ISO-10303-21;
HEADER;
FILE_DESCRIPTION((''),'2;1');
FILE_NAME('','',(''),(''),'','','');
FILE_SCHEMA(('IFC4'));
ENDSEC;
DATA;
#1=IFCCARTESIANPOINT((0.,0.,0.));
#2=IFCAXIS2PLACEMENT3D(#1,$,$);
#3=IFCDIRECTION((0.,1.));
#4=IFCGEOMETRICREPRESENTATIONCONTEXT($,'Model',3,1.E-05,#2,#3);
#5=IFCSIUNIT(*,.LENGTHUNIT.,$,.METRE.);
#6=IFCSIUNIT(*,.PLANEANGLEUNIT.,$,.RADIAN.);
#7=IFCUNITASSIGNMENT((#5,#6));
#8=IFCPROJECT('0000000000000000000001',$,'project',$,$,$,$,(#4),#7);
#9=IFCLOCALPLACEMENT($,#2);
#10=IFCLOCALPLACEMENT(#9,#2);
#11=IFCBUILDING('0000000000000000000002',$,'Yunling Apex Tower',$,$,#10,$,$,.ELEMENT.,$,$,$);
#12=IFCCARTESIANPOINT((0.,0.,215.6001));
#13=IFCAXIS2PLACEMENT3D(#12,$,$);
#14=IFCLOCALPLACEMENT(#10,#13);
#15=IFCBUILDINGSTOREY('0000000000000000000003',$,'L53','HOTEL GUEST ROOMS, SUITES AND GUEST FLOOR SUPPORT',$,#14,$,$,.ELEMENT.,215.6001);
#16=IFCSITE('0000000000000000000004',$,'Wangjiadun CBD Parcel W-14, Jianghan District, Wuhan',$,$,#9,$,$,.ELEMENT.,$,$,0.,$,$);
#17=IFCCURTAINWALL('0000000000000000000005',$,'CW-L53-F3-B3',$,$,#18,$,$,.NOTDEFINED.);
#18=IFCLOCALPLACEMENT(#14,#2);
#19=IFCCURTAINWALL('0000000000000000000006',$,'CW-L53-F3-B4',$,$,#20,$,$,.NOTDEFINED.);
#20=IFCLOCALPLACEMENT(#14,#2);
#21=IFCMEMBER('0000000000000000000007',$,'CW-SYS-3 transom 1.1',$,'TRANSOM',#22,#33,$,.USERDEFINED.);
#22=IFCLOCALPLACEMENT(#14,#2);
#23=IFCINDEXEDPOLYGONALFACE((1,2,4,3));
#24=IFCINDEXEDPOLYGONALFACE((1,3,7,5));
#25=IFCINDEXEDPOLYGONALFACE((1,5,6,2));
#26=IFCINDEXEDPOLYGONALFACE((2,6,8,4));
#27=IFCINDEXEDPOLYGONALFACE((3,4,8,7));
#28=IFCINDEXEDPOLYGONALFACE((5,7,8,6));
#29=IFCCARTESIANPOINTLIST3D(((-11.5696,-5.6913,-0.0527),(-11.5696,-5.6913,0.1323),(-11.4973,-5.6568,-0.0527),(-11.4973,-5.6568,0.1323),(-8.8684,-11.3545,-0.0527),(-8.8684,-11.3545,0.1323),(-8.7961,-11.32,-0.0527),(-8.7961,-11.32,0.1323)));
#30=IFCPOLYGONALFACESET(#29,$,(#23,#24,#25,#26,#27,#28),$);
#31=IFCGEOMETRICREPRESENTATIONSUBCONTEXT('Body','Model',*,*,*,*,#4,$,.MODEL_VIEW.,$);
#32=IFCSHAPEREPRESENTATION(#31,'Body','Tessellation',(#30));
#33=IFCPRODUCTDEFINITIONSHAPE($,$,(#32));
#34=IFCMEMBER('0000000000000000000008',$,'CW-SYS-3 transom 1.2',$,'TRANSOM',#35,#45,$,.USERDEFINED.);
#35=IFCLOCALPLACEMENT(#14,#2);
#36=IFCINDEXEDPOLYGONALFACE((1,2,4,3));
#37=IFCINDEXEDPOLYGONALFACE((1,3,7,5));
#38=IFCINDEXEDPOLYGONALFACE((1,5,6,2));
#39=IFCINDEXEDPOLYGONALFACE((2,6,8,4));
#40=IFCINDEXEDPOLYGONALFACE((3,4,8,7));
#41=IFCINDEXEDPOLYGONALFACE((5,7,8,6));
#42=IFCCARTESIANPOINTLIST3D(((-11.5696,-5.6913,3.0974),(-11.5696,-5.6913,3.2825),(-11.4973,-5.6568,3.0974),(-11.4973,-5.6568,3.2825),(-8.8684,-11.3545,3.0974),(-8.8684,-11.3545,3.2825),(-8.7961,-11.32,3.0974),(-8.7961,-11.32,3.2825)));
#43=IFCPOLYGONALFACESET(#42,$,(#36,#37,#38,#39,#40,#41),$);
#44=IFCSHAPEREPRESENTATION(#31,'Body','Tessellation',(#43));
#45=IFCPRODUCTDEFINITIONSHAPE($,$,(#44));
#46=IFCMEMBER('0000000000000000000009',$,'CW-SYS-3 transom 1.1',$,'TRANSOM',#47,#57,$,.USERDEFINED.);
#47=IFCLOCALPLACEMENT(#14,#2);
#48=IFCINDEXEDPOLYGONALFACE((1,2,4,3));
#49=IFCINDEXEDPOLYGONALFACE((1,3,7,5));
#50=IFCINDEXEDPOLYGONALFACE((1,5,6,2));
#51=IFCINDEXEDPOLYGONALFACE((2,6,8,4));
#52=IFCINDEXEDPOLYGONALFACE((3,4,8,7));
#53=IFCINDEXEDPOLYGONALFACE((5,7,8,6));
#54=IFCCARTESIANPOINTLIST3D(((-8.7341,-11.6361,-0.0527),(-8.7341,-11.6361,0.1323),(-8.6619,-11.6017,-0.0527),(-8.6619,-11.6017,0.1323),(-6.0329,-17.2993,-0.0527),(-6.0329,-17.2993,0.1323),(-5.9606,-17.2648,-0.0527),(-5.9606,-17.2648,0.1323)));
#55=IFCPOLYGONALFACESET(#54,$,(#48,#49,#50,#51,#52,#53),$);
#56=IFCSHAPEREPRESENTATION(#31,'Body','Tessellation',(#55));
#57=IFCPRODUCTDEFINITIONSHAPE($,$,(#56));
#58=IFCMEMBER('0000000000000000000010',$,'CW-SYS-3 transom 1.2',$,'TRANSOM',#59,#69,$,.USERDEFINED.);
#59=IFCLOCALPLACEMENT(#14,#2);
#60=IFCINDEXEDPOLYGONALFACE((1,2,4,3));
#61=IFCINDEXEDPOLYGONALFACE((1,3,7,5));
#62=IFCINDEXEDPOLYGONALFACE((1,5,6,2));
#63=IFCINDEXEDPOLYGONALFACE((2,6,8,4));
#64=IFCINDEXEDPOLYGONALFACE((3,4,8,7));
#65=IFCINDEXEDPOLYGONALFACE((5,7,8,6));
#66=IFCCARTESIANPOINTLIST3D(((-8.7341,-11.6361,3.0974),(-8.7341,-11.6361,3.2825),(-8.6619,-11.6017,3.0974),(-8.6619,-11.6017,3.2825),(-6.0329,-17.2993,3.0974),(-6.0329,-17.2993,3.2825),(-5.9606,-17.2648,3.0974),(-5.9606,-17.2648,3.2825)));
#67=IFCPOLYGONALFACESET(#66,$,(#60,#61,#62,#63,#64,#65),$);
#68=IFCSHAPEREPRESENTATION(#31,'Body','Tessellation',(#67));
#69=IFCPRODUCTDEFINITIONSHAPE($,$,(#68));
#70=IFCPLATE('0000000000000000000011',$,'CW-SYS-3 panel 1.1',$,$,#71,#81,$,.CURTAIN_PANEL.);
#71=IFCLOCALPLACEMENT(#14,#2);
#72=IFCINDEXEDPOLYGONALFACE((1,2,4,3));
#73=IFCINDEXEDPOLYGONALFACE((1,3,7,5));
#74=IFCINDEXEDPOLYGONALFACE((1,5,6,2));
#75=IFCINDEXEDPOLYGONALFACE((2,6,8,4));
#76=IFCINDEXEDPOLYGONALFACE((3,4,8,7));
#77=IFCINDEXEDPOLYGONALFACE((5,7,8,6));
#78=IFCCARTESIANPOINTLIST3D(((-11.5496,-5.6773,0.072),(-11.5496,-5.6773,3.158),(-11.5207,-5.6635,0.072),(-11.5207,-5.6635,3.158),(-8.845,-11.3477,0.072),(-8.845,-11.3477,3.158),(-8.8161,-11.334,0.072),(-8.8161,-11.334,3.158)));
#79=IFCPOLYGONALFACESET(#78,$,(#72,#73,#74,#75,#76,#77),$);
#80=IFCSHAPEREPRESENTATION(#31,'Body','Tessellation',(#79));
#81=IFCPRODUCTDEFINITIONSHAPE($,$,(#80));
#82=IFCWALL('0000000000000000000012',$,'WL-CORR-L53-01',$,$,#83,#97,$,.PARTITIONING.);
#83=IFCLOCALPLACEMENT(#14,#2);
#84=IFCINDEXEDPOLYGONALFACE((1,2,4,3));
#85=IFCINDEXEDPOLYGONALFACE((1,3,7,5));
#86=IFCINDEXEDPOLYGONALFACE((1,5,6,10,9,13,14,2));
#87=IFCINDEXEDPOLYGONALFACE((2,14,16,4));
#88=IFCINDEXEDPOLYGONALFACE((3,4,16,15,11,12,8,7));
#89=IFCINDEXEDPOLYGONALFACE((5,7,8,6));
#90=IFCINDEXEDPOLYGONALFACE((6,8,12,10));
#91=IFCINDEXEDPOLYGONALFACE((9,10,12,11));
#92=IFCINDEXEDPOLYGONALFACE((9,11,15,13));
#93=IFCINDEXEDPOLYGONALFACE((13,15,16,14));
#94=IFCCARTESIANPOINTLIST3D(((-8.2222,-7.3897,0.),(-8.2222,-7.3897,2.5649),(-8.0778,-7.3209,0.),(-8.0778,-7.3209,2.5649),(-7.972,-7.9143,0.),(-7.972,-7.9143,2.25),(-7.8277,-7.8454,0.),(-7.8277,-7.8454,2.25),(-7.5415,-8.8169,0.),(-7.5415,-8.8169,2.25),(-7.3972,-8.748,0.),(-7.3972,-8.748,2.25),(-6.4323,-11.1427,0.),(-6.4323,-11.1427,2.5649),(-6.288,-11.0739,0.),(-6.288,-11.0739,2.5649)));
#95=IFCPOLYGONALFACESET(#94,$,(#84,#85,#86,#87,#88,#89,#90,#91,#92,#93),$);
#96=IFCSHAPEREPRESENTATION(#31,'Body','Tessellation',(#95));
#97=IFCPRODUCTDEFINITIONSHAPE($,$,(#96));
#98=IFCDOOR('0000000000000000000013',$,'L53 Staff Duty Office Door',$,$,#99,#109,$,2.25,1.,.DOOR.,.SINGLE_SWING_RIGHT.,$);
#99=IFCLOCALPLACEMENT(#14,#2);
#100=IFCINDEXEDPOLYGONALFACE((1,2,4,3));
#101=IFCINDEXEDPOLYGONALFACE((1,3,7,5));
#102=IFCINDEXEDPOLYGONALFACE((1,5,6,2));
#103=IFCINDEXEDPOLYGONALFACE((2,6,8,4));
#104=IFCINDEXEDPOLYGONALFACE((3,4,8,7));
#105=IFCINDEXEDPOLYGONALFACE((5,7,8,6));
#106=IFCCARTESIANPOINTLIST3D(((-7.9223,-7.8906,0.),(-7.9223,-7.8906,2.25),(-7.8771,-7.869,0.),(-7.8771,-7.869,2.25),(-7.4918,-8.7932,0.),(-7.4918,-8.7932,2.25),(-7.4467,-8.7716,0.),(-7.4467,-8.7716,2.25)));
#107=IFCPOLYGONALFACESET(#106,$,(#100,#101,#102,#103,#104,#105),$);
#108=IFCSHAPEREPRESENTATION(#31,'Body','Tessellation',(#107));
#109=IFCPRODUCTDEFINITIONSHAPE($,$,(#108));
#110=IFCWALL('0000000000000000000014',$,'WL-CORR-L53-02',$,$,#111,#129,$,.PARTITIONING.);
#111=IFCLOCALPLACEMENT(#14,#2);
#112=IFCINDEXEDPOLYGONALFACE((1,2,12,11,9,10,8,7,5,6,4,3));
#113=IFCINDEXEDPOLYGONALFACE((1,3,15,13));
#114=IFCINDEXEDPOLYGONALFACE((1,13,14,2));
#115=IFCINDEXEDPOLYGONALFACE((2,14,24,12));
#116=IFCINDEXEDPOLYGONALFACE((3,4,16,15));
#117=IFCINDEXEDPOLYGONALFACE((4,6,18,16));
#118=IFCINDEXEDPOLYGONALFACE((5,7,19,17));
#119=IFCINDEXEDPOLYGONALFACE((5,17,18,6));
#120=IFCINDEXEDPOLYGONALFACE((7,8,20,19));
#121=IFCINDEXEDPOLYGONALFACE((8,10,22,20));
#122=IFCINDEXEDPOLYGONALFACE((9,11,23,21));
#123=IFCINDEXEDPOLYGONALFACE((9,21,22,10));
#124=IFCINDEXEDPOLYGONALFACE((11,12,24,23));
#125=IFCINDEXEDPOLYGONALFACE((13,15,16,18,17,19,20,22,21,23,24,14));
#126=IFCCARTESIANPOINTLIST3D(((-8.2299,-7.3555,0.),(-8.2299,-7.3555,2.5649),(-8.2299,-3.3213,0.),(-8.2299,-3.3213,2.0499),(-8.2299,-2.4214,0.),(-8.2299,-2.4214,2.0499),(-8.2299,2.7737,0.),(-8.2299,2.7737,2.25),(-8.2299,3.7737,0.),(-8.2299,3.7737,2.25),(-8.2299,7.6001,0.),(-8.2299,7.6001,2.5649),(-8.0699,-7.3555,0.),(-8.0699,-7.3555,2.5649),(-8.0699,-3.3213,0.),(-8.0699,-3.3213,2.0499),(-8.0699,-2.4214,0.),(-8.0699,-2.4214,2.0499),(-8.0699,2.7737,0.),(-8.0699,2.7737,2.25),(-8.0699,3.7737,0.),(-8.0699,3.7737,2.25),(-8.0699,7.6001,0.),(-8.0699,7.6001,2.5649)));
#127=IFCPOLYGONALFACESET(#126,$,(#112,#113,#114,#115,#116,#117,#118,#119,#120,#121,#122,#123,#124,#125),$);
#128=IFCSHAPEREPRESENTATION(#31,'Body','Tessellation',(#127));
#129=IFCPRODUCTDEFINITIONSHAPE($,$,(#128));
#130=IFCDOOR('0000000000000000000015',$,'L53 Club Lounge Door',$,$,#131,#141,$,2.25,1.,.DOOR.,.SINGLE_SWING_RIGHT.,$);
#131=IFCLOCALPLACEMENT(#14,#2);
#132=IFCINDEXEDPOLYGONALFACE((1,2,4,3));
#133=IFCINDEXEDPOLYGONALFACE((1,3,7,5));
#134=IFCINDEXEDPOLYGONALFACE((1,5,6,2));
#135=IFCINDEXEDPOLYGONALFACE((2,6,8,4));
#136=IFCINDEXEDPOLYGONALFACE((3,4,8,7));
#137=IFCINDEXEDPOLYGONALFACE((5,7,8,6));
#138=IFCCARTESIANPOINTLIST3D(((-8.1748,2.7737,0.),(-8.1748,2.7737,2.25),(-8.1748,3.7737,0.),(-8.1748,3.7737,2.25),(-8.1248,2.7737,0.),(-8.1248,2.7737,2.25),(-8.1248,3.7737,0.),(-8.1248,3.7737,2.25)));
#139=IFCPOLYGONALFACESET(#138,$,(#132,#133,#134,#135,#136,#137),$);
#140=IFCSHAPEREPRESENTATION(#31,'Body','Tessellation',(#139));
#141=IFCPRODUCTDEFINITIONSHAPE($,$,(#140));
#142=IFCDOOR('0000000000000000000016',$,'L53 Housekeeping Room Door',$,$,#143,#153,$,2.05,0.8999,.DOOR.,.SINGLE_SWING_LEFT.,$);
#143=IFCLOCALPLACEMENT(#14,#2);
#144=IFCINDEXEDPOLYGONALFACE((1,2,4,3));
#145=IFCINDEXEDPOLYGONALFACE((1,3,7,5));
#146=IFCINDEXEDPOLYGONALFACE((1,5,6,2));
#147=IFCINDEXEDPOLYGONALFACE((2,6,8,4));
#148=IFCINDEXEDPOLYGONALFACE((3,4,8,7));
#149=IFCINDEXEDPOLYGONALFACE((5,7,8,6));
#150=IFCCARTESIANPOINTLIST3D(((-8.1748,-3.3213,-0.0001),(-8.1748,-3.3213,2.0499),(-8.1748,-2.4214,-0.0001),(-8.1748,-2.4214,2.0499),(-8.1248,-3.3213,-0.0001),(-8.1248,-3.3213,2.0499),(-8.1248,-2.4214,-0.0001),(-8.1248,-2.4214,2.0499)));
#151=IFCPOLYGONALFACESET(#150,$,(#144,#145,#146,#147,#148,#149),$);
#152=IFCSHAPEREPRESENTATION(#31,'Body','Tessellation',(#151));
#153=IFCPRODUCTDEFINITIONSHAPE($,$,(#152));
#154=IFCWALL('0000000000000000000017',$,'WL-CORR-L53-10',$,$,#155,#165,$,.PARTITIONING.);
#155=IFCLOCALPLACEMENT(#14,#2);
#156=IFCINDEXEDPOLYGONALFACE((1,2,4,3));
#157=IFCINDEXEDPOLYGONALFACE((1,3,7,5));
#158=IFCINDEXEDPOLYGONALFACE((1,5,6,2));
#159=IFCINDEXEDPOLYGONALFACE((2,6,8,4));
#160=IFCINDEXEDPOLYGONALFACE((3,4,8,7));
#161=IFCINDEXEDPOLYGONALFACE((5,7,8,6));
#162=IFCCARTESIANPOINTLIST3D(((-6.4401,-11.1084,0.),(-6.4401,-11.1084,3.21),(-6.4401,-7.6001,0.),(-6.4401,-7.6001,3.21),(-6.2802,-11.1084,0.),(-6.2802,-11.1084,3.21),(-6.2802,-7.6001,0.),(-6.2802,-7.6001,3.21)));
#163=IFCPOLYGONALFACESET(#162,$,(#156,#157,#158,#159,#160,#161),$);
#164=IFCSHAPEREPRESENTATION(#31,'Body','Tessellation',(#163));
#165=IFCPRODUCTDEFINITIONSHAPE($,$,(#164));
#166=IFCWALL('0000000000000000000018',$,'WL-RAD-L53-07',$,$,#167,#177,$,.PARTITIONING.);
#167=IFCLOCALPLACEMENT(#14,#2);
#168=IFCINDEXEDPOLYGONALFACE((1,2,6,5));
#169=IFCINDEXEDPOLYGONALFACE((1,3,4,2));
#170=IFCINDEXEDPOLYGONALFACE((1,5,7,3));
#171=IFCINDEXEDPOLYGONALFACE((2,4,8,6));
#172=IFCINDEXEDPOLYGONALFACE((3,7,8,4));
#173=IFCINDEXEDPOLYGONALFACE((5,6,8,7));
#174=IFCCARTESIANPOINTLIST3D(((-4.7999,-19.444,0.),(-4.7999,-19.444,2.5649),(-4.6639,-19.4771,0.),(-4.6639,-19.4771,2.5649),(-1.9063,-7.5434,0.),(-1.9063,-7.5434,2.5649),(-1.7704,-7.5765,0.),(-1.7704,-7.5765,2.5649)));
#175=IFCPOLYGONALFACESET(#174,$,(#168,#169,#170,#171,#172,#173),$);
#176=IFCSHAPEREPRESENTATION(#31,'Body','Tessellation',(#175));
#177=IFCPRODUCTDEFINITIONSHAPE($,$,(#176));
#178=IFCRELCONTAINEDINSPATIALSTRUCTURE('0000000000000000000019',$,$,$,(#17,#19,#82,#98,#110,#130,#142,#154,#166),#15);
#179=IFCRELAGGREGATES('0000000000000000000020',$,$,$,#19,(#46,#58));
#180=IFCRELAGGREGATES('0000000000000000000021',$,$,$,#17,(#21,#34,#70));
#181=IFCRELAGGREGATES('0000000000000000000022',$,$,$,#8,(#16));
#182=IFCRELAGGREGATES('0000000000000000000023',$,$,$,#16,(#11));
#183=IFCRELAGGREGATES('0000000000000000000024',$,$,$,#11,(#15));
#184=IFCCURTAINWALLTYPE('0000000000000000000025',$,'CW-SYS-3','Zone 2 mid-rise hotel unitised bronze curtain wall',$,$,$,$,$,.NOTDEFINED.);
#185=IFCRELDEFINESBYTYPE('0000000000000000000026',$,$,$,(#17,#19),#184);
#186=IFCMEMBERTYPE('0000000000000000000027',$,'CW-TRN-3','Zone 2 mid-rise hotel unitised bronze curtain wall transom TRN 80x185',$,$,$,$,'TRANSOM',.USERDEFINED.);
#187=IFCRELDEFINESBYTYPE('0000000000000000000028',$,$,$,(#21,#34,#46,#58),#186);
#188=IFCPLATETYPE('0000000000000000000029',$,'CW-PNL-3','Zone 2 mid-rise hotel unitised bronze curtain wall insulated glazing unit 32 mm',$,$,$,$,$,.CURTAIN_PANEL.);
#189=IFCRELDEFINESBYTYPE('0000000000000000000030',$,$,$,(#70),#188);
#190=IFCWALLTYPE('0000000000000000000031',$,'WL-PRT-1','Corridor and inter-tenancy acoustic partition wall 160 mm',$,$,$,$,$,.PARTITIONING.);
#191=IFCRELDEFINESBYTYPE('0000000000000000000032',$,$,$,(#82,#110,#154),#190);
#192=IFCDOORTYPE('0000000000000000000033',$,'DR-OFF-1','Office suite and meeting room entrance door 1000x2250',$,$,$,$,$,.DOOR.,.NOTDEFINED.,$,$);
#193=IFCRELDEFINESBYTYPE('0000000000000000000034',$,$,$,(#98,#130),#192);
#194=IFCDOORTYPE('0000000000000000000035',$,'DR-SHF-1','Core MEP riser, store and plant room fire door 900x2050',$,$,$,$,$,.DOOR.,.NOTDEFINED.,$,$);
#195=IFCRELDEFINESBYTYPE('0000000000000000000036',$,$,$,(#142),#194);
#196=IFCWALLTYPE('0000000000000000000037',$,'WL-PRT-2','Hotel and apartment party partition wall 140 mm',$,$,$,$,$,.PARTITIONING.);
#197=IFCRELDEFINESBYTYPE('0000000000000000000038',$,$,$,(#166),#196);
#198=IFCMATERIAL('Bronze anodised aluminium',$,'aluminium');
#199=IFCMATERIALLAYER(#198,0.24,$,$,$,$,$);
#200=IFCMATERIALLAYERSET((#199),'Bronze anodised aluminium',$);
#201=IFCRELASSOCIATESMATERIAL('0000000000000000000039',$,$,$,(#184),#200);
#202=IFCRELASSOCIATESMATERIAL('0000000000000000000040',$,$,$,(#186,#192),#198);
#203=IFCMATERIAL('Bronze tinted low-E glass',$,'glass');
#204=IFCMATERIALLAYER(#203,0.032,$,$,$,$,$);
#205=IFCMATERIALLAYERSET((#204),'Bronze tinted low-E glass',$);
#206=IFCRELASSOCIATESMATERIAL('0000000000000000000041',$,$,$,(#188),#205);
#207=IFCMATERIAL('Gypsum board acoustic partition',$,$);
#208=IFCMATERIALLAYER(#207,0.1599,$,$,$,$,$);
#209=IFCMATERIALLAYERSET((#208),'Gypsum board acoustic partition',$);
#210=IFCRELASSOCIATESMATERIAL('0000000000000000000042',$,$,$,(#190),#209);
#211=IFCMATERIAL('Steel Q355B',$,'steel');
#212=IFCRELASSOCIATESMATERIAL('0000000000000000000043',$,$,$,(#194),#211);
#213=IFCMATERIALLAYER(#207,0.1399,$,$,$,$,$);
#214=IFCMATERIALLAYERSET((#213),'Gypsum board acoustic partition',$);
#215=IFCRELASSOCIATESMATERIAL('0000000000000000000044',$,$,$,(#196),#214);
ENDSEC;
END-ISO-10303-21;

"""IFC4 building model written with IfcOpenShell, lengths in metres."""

from ifc_helpers import new_model, si_unit, direction, frame, frame_2d, origin, origin_2d, place, context, subcontext, project, spatial, rectangle, extrude, source, transform, mapped, material, layer, layer_set, material_profile, profile_set, type_object, element, fill, aggregate, save


model = new_model("IFC4")

# Units and contexts
model_context = context("Model", 3, precision=1e-05, world=origin(), true_north=direction((0.0, 1.0)))
body_context = subcontext(model_context, "Body", "Model", "MODEL_VIEW")
ifc_project = project(units=[si_unit("LENGTHUNIT", "METRE"), si_unit("PLANEANGLEUNIT", "RADIAN")], contexts=[model_context])

# Site, building, storey
site_placement = place(None, origin())
site = spatial("IfcSite", under=ifc_project, at=site_placement, Name="Wangjiadun CBD Parcel W-14, Jianghan District, Wuhan", CompositionType="ELEMENT", RefElevation=0.0)
building_placement = place(site_placement, origin())
building = spatial("IfcBuilding", under=site, at=building_placement, Name="Yunling Apex Tower", CompositionType="ELEMENT")
storey_placement = place(building_placement, frame((0.0, 0.0, 215.6001)))
storey = spatial("IfcBuildingStorey", under=building, at=storey_placement, Name="L53", Description="HOTEL GUEST ROOMS, SUITES AND GUEST FLOOR SUPPORT", CompositionType="ELEMENT", Elevation=215.6001)

# Shared definitions
ifc_material_1 = material(Name="Steel Q355B", Category="steel")

# Curtain wall
ifc_material_2 = material(Name="Bronze anodised aluminium", Category="aluminium")
ifc_layer_1 = layer(ifc_material_2, 0.24)
ifc_layer_set_1 = layer_set([ifc_layer_1], Name="Bronze anodised aluminium")
curtain_wall_type = type_object("IfcCurtainWallType", Name="CW-SYS-3", Description="Zone 2 mid-rise hotel unitised bronze curtain wall", PredefinedType="NOTDEFINED", material=ifc_layer_set_1)
curtain_wall_1_placement = place(storey_placement, origin())
curtain_wall_1 = element("IfcCurtainWall", 1, at=curtain_wall_1_placement, inside=storey, type_object=curtain_wall_type, Name="CW-L53-F3-B3", PredefinedType="NOTDEFINED")

# Curtain wall
curtain_wall_2_placement = place(storey_placement, origin())
curtain_wall_2 = element("IfcCurtainWall", 2, at=curtain_wall_2_placement, inside=storey, type_object=curtain_wall_type, Name="CW-L53-F3-B4", PredefinedType="NOTDEFINED")

# Members
ifc_material_profile_1 = material_profile(ifc_material_2, rectangle(XDim=0.0801, YDim=0.1851, at=origin_2d()))
ifc_profile_set_1 = profile_set([ifc_material_profile_1], Name="Bronze anodised aluminium")
member_type_1 = type_object("IfcMemberType", Name="CW-TRN-3", Description="Zone 2 mid-rise hotel unitised bronze curtain wall transom TRN 80x185", ElementType="TRANSOM", PredefinedType="USERDEFINED", material=ifc_profile_set_1)
shared_shape_1 = source(origin(), body_context, "Body", "SweptSolid", [
    extrude(rectangle(XDim=0.0801, YDim=0.1851, at=origin_2d()), origin(), (0.0, 0.0, 1.0), 6.2744),
])
member_1_placement = place(storey_placement, frame((-11.5334, -5.6741, 0.0398), z_axis=(0.430513, -0.902584, 0.0), x_axis=(0.902584, 0.430513, 0.0)))
member_1 = element("IfcMember", 3, at=member_1_placement, type_object=member_type_1, Name="CW-SYS-3 transom 1.1", ObjectType="TRANSOM", PredefinedType="USERDEFINED", context=body_context, shape_type="MappedRepresentation", body=[
    mapped(shared_shape_1, transform((0.0, 0.0, 0.0), scale=1.0)),
])
member_2_placement = place(storey_placement, frame((-11.5334, -5.6741, 3.1899), z_axis=(0.430513, -0.902584, 0.0), x_axis=(0.902584, 0.430513, 0.0)))
member_2 = element("IfcMember", 4, at=member_2_placement, type_object=member_type_1, Name="CW-SYS-3 transom 1.2", ObjectType="TRANSOM", PredefinedType="USERDEFINED", context=body_context, shape_type="MappedRepresentation", body=[
    mapped(shared_shape_1, transform((0.0, 0.0, 0.0), scale=1.0)),
])
member_3_placement = place(storey_placement, frame((-8.698, -11.6189, 0.0398), z_axis=(0.430513, -0.902584, 0.0), x_axis=(0.902584, 0.430513, 0.0)))
member_3 = element("IfcMember", 5, at=member_3_placement, type_object=member_type_1, Name="CW-SYS-3 transom 1.1", ObjectType="TRANSOM", PredefinedType="USERDEFINED", context=body_context, shape_type="MappedRepresentation", body=[
    mapped(shared_shape_1, transform((0.0, 0.0, 0.0), scale=1.0)),
])
member_4_placement = place(storey_placement, frame((-8.698, -11.6189, 3.1899), z_axis=(0.430513, -0.902584, 0.0), x_axis=(0.902584, 0.430513, 0.0)))
member_4 = element("IfcMember", 6, at=member_4_placement, type_object=member_type_1, Name="CW-SYS-3 transom 1.2", ObjectType="TRANSOM", PredefinedType="USERDEFINED", context=body_context, shape_type="MappedRepresentation", body=[
    mapped(shared_shape_1, transform((0.0, 0.0, 0.0), scale=1.0)),
])
aggregate(curtain_wall_2, [member_3, member_4])

# Plate
ifc_material_3 = material(Name="Bronze tinted low-E glass", Category="glass")
ifc_layer_2 = layer(ifc_material_3, 0.032)
ifc_layer_set_2 = layer_set([ifc_layer_2], Name="Bronze tinted low-E glass")
plate_type = type_object("IfcPlateType", Name="CW-PNL-3", Description="Zone 2 mid-rise hotel unitised bronze curtain wall insulated glazing unit 32 mm", PredefinedType="CURTAIN_PANEL", material=ifc_layer_set_2)
shared_shape_2 = source(origin(), body_context, "Body", "SweptSolid", [
    extrude(rectangle(XDim=6.2825, YDim=0.032, at=origin_2d()), origin(), (0.0, 0.0, 1.0), 3.0859),
])
plate_placement = place(storey_placement, frame((-10.1829, -8.5056, 0.072), z_axis=(0.0, 0.0, 1.0), x_axis=(0.430505, -0.902588, 0.0)))
plate = element("IfcPlate", 7, at=plate_placement, type_object=plate_type, Name="CW-SYS-3 panel 1.1", PredefinedType="CURTAIN_PANEL", context=body_context, shape_type="MappedRepresentation", body=[
    mapped(shared_shape_2, transform((0.0, 0.0, 0.0), scale=1.0)),
])
aggregate(curtain_wall_1, [member_1, member_2, plate])

# Wall, opening, door
ifc_material_4 = material(Name="Gypsum board acoustic partition")
ifc_layer_3 = layer(ifc_material_4, 0.1599)
ifc_layer_set_3 = layer_set([ifc_layer_3], Name="Gypsum board acoustic partition")
wall_type_1 = type_object("IfcWallType", Name="WL-PRT-1", Description="Corridor and inter-tenancy acoustic partition wall 160 mm", PredefinedType="PARTITIONING", material=ifc_layer_set_3)
wall_1_placement = place(storey_placement, frame((-6.3601, -11.1084, 0.0), z_axis=(0.0, 0.0, 1.0), x_axis=(-0.43046, 0.90261, 0.0)))
wall_1 = element("IfcWall", 8, at=wall_1_placement, inside=storey, type_object=wall_type_1, Name="WL-CORR-L53-01", PredefinedType="PARTITIONING", context=body_context, shape_type="SweptSolid", body=[
    extrude(rectangle(XDim=4.158, YDim=0.1599, at=frame_2d((2.0791, 0.0))), origin(), (0.0, 0.0, 1.0), 2.5649),
])
opening_1_placement = place(wall_1_placement, frame((2.5769, 0.0, 0.0)))
opening_1 = element("IfcOpeningElement", 9, at=opening_1_placement, cuts=wall_1, PredefinedType="OPENING", context=body_context, shape_type="SweptSolid", body=[
    extrude(rectangle(XDim=1.0, YDim=2.25, at=frame_2d((0.5, 1.125))), frame((0.0, 0.0898, 0.0), z_axis=(0.0, -1.0, 0.0), x_axis=(1.0, 0.0, 0.0)), (0.0, 0.0, 1.0), 0.1799),
])
door_type_1 = type_object("IfcDoorType", Name="DR-OFF-1", Description="Office suite and meeting room entrance door 1000x2250", OperationType="NOTDEFINED", PredefinedType="DOOR", material=ifc_material_2)
door_1_placement = place(opening_1_placement, origin())
door_1 = element("IfcDoor", 10, at=door_1_placement, inside=storey, type_object=door_type_1, Name="L53 Staff Duty Office Door", OperationType="SINGLE_SWING_RIGHT", OverallHeight=2.25, OverallWidth=1.0, PredefinedType="DOOR", context=body_context, shape_type="SweptSolid", body=[
    extrude(rectangle(XDim=1.0, YDim=2.25, at=frame_2d((0.5, 1.125))), frame((0.0, 0.0249, 0.0), z_axis=(0.0, -1.0, 0.0), x_axis=(1.0, 0.0, 0.0)), (0.0, 0.0, 1.0), 0.05),
])
fill(opening_1, door_1)

# Wall, openings, doors
wall_2_placement = place(storey_placement, frame((-8.1499, -7.3555, 0.0), z_axis=(0.0, 0.0, 1.0), x_axis=(0.0, 1.0, 0.0)))
wall_2 = element("IfcWall", 11, at=wall_2_placement, inside=storey, type_object=wall_type_1, Name="WL-CORR-L53-02", PredefinedType="PARTITIONING", context=body_context, shape_type="SweptSolid", body=[
    extrude(rectangle(XDim=14.9556, YDim=0.1599, at=frame_2d((7.4778, 0.0))), origin(), (0.0, 0.0, 1.0), 2.5649),
])
opening_2_placement = place(wall_2_placement, frame((4.0342, 0.0, 0.0)))
opening_2 = element("IfcOpeningElement", 12, at=opening_2_placement, cuts=wall_2, PredefinedType="OPENING", context=body_context, shape_type="SweptSolid", body=[
    extrude(rectangle(XDim=0.8999, YDim=2.05, at=frame_2d((0.45, 1.0249))), frame((0.0, 0.0898, 0.0), z_axis=(0.0, -1.0, 0.0), x_axis=(1.0, 0.0, 0.0)), (0.0, 0.0, 1.0), 0.1799),
])
opening_3_placement = place(wall_2_placement, frame((10.1292, 0.0, 0.0)))
opening_3 = element("IfcOpeningElement", 13, at=opening_3_placement, cuts=wall_2, PredefinedType="OPENING", context=body_context, shape_type="SweptSolid", body=[
    extrude(rectangle(XDim=1.0, YDim=2.25, at=frame_2d((0.5, 1.125))), frame((0.0, 0.0898, 0.0), z_axis=(0.0, -1.0, 0.0), x_axis=(1.0, 0.0, 0.0)), (0.0, 0.0, 1.0), 0.1799),
])
door_2_placement = place(opening_3_placement, origin())
door_2 = element("IfcDoor", 14, at=door_2_placement, inside=storey, type_object=door_type_1, Name="L53 Club Lounge Door", OperationType="SINGLE_SWING_RIGHT", OverallHeight=2.25, OverallWidth=1.0, PredefinedType="DOOR", context=body_context, shape_type="SweptSolid", body=[
    extrude(rectangle(XDim=1.0, YDim=2.25, at=frame_2d((0.5, 1.125))), frame((0.0, 0.0249, 0.0), z_axis=(0.0, -1.0, 0.0), x_axis=(1.0, 0.0, 0.0)), (0.0, 0.0, 1.0), 0.05),
])
fill(opening_3, door_2)
door_type_2 = type_object("IfcDoorType", Name="DR-SHF-1", Description="Core MEP riser, store and plant room fire door 900x2050", OperationType="NOTDEFINED", PredefinedType="DOOR", material=ifc_material_1)
door_3_placement = place(opening_2_placement, origin())
door_3 = element("IfcDoor", 15, at=door_3_placement, inside=storey, type_object=door_type_2, Name="L53 Housekeeping Room Door", OperationType="SINGLE_SWING_LEFT", OverallHeight=2.05, OverallWidth=0.8999, PredefinedType="DOOR", context=body_context, shape_type="SweptSolid", body=[
    extrude(rectangle(XDim=0.8999, YDim=2.05, at=frame_2d((0.45, 1.0249))), frame((0.0, 0.0249, 0.0), z_axis=(0.0, -1.0, 0.0), x_axis=(1.0, 0.0, 0.0)), (0.0, 0.0, 1.0), 0.05),
])
fill(opening_2, door_3)

# Walls
wall_3_placement = place(storey_placement, frame((-6.3601, -7.6001, 0.0), z_axis=(0.0, 0.0, 1.0), x_axis=(0.0, -1.0, 0.0)))
element("IfcWall", 16, at=wall_3_placement, inside=storey, type_object=wall_type_1, Name="WL-CORR-L53-10", PredefinedType="PARTITIONING", context=body_context, shape_type="SweptSolid", body=[
    extrude(rectangle(XDim=3.5083, YDim=0.1599, at=frame_2d((1.7542, 0.0))), origin(), (0.0, 0.0, 1.0), 3.21),
])
ifc_layer_4 = layer(ifc_material_4, 0.1399)
ifc_layer_set_4 = layer_set([ifc_layer_4], Name="Gypsum board acoustic partition")
wall_type_2 = type_object("IfcWallType", Name="WL-PRT-2", Description="Hotel and apartment party partition wall 140 mm", PredefinedType="PARTITIONING", material=ifc_layer_set_4)
wall_4_placement = place(storey_placement, frame((-1.8384, -7.5601, 0.0), z_axis=(0.0, 0.0, 1.0), x_axis=(-0.23626, -0.97169, 0.0)))
element("IfcWall", 17, at=wall_4_placement, inside=storey, type_object=wall_type_2, Name="WL-RAD-L53-07", PredefinedType="PARTITIONING", context=body_context, shape_type="SweptSolid", body=[
    extrude(rectangle(XDim=12.2473, YDim=0.1399, at=frame_2d((6.1235, 0.0))), origin(), (0.0, 0.0, 1.0), 2.5649),
])

save(model, "model.ifc")
